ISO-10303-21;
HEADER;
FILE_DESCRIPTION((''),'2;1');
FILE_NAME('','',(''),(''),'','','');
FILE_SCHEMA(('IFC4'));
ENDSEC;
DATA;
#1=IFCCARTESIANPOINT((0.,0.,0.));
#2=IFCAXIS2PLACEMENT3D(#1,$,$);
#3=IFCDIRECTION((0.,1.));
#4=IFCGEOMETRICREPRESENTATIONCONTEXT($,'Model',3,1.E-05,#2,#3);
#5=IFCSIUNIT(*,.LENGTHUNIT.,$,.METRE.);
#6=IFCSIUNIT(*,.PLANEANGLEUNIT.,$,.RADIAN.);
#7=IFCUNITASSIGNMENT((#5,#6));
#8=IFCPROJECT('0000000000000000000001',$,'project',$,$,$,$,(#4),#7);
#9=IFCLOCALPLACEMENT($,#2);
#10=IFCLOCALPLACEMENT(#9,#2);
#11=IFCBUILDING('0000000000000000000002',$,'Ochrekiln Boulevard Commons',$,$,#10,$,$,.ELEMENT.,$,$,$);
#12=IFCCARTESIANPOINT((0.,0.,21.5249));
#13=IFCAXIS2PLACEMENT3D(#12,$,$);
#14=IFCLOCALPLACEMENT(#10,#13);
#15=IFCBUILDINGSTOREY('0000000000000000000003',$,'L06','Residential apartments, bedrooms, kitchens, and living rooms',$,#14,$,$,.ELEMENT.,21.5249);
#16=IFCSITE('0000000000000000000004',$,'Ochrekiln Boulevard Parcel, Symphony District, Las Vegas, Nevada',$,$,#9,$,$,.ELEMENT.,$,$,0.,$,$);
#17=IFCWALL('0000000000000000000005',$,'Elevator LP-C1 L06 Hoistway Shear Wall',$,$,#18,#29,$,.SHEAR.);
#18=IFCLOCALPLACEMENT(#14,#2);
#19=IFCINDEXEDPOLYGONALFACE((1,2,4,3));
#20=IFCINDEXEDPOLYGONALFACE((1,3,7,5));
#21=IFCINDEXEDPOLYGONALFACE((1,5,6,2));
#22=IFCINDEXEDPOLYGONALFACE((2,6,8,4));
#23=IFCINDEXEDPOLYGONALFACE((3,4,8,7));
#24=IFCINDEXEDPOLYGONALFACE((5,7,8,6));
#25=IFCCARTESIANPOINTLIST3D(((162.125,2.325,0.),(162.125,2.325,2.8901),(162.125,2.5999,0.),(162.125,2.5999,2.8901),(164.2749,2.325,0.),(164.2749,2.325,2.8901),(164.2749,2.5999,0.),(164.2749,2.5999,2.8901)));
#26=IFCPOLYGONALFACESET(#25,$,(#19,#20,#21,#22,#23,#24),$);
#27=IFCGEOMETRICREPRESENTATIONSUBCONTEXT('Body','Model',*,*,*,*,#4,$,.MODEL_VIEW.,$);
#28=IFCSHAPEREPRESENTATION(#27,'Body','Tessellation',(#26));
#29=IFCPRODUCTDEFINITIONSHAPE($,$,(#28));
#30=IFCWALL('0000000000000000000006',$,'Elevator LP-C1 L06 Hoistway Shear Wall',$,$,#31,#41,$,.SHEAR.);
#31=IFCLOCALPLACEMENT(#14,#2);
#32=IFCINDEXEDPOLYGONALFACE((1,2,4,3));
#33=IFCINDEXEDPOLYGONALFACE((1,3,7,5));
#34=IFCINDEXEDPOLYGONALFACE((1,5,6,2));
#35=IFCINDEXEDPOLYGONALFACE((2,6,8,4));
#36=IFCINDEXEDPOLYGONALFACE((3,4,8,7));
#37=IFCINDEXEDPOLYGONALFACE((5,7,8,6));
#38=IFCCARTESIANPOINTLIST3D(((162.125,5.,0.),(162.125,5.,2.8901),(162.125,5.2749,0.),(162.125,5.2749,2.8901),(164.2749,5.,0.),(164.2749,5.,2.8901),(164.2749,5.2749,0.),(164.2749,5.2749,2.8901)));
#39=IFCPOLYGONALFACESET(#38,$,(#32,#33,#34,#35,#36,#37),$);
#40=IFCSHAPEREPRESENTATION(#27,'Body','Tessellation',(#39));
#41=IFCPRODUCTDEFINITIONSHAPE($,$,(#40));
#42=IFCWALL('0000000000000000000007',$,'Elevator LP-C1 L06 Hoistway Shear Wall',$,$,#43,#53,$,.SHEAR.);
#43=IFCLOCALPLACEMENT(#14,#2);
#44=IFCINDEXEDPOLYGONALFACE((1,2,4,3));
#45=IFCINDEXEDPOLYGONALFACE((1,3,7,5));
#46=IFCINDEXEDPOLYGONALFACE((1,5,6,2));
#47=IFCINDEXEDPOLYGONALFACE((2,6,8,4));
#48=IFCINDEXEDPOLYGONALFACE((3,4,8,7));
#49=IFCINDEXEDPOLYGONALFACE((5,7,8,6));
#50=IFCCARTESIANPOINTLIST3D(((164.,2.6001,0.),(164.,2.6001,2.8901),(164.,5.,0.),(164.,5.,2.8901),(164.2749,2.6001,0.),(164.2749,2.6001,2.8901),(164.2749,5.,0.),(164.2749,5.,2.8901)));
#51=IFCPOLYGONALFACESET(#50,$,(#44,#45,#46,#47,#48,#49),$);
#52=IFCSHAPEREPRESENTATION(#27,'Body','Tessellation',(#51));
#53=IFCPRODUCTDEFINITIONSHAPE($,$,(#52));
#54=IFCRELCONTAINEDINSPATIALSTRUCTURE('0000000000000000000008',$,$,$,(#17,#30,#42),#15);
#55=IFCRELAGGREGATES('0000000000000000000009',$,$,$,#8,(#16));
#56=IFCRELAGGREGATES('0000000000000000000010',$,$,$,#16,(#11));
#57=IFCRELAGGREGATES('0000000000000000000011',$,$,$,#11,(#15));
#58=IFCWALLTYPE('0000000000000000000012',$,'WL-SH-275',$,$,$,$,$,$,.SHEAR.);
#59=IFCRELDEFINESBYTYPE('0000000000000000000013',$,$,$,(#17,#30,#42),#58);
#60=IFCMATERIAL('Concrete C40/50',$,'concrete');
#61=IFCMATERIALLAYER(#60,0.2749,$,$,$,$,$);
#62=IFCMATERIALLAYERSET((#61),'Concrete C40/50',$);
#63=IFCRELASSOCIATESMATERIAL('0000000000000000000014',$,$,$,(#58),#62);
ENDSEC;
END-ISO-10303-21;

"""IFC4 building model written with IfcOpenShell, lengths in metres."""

from ifc_helpers import new_model, si_unit, direction, frame, frame_2d, origin, place, context, subcontext, project, spatial, rectangle, extrude, material, layer, layer_set, type_object, element, save


model = new_model("IFC4")

# Units and contexts
model_context = context("Model", 3, precision=1e-05, world=origin(), true_north=direction((0.0, 1.0)))
body_context = subcontext(model_context, "Body", "Model", "MODEL_VIEW")
ifc_project = project(units=[si_unit("LENGTHUNIT", "METRE"), si_unit("PLANEANGLEUNIT", "RADIAN")], contexts=[model_context])

# Site, building, storey
site_placement = place(None, origin())
site = spatial("IfcSite", under=ifc_project, at=site_placement, Name="Ochrekiln Boulevard Parcel, Symphony District, Las Vegas, Nevada", CompositionType="ELEMENT", RefElevation=0.0)
building_placement = place(site_placement, origin())
building = spatial("IfcBuilding", under=site, at=building_placement, Name="Ochrekiln Boulevard Commons", CompositionType="ELEMENT")
storey_placement = place(building_placement, frame((0.0, 0.0, 21.5249)))
storey = spatial("IfcBuildingStorey", under=building, at=storey_placement, Name="L06", Description="Residential apartments, bedrooms, kitchens, and living rooms", CompositionType="ELEMENT", Elevation=21.5249)

# Shared definitions
ifc_material_1 = material(Name="Concrete C40/50", Category="concrete")

# Walls
ifc_layer_1 = layer(ifc_material_1, 0.2749)
ifc_layer_set_1 = layer_set([ifc_layer_1], Name="Concrete C40/50")
wall_type_1 = type_object("IfcWallType", Name="WL-SH-275", PredefinedType="SHEAR", material=ifc_layer_set_1)
for number, where, z_axis, x_axis, name in (
    (1, (162.125, 2.4624, 0.0), (0.0, 0.0, 1.0), (1.0, 0.0, 0.0), "Elevator LP-C1 L06 Hoistway Shear Wall"),
    (2, (162.125, 5.1375, 0.0), (0.0, 0.0, 1.0), (1.0, 0.0, 0.0), "Elevator LP-C1 L06 Hoistway Shear Wall"),
):
    element("IfcWall", number, at=place(storey_placement, frame(where, z_axis=z_axis, x_axis=x_axis)), inside=storey, type_object=wall_type_1, Name=name, PredefinedType="SHEAR", context=body_context, shape_type="SweptSolid", body=[
        extrude(rectangle(XDim=2.1499, YDim=0.2749, at=frame_2d((1.075, 0.0))), origin(), (0.0, 0.0, 1.0), 2.8901),
    ])

# Wall
wall_1_placement = place(storey_placement, frame((164.1375, 2.6001, 0.0), z_axis=(0.0, 0.0, 1.0), x_axis=(0.0, 1.0, 0.0)))
element("IfcWall", 3, at=wall_1_placement, inside=storey, type_object=wall_type_1, Name="Elevator LP-C1 L06 Hoistway Shear Wall", PredefinedType="SHEAR", context=body_context, shape_type="SweptSolid", body=[
    extrude(rectangle(XDim=2.3999, YDim=0.2749, at=frame_2d((1.2, 0.0))), origin(), (0.0, 0.0, 1.0), 2.8901),
])

save(model, "model.ifc")
